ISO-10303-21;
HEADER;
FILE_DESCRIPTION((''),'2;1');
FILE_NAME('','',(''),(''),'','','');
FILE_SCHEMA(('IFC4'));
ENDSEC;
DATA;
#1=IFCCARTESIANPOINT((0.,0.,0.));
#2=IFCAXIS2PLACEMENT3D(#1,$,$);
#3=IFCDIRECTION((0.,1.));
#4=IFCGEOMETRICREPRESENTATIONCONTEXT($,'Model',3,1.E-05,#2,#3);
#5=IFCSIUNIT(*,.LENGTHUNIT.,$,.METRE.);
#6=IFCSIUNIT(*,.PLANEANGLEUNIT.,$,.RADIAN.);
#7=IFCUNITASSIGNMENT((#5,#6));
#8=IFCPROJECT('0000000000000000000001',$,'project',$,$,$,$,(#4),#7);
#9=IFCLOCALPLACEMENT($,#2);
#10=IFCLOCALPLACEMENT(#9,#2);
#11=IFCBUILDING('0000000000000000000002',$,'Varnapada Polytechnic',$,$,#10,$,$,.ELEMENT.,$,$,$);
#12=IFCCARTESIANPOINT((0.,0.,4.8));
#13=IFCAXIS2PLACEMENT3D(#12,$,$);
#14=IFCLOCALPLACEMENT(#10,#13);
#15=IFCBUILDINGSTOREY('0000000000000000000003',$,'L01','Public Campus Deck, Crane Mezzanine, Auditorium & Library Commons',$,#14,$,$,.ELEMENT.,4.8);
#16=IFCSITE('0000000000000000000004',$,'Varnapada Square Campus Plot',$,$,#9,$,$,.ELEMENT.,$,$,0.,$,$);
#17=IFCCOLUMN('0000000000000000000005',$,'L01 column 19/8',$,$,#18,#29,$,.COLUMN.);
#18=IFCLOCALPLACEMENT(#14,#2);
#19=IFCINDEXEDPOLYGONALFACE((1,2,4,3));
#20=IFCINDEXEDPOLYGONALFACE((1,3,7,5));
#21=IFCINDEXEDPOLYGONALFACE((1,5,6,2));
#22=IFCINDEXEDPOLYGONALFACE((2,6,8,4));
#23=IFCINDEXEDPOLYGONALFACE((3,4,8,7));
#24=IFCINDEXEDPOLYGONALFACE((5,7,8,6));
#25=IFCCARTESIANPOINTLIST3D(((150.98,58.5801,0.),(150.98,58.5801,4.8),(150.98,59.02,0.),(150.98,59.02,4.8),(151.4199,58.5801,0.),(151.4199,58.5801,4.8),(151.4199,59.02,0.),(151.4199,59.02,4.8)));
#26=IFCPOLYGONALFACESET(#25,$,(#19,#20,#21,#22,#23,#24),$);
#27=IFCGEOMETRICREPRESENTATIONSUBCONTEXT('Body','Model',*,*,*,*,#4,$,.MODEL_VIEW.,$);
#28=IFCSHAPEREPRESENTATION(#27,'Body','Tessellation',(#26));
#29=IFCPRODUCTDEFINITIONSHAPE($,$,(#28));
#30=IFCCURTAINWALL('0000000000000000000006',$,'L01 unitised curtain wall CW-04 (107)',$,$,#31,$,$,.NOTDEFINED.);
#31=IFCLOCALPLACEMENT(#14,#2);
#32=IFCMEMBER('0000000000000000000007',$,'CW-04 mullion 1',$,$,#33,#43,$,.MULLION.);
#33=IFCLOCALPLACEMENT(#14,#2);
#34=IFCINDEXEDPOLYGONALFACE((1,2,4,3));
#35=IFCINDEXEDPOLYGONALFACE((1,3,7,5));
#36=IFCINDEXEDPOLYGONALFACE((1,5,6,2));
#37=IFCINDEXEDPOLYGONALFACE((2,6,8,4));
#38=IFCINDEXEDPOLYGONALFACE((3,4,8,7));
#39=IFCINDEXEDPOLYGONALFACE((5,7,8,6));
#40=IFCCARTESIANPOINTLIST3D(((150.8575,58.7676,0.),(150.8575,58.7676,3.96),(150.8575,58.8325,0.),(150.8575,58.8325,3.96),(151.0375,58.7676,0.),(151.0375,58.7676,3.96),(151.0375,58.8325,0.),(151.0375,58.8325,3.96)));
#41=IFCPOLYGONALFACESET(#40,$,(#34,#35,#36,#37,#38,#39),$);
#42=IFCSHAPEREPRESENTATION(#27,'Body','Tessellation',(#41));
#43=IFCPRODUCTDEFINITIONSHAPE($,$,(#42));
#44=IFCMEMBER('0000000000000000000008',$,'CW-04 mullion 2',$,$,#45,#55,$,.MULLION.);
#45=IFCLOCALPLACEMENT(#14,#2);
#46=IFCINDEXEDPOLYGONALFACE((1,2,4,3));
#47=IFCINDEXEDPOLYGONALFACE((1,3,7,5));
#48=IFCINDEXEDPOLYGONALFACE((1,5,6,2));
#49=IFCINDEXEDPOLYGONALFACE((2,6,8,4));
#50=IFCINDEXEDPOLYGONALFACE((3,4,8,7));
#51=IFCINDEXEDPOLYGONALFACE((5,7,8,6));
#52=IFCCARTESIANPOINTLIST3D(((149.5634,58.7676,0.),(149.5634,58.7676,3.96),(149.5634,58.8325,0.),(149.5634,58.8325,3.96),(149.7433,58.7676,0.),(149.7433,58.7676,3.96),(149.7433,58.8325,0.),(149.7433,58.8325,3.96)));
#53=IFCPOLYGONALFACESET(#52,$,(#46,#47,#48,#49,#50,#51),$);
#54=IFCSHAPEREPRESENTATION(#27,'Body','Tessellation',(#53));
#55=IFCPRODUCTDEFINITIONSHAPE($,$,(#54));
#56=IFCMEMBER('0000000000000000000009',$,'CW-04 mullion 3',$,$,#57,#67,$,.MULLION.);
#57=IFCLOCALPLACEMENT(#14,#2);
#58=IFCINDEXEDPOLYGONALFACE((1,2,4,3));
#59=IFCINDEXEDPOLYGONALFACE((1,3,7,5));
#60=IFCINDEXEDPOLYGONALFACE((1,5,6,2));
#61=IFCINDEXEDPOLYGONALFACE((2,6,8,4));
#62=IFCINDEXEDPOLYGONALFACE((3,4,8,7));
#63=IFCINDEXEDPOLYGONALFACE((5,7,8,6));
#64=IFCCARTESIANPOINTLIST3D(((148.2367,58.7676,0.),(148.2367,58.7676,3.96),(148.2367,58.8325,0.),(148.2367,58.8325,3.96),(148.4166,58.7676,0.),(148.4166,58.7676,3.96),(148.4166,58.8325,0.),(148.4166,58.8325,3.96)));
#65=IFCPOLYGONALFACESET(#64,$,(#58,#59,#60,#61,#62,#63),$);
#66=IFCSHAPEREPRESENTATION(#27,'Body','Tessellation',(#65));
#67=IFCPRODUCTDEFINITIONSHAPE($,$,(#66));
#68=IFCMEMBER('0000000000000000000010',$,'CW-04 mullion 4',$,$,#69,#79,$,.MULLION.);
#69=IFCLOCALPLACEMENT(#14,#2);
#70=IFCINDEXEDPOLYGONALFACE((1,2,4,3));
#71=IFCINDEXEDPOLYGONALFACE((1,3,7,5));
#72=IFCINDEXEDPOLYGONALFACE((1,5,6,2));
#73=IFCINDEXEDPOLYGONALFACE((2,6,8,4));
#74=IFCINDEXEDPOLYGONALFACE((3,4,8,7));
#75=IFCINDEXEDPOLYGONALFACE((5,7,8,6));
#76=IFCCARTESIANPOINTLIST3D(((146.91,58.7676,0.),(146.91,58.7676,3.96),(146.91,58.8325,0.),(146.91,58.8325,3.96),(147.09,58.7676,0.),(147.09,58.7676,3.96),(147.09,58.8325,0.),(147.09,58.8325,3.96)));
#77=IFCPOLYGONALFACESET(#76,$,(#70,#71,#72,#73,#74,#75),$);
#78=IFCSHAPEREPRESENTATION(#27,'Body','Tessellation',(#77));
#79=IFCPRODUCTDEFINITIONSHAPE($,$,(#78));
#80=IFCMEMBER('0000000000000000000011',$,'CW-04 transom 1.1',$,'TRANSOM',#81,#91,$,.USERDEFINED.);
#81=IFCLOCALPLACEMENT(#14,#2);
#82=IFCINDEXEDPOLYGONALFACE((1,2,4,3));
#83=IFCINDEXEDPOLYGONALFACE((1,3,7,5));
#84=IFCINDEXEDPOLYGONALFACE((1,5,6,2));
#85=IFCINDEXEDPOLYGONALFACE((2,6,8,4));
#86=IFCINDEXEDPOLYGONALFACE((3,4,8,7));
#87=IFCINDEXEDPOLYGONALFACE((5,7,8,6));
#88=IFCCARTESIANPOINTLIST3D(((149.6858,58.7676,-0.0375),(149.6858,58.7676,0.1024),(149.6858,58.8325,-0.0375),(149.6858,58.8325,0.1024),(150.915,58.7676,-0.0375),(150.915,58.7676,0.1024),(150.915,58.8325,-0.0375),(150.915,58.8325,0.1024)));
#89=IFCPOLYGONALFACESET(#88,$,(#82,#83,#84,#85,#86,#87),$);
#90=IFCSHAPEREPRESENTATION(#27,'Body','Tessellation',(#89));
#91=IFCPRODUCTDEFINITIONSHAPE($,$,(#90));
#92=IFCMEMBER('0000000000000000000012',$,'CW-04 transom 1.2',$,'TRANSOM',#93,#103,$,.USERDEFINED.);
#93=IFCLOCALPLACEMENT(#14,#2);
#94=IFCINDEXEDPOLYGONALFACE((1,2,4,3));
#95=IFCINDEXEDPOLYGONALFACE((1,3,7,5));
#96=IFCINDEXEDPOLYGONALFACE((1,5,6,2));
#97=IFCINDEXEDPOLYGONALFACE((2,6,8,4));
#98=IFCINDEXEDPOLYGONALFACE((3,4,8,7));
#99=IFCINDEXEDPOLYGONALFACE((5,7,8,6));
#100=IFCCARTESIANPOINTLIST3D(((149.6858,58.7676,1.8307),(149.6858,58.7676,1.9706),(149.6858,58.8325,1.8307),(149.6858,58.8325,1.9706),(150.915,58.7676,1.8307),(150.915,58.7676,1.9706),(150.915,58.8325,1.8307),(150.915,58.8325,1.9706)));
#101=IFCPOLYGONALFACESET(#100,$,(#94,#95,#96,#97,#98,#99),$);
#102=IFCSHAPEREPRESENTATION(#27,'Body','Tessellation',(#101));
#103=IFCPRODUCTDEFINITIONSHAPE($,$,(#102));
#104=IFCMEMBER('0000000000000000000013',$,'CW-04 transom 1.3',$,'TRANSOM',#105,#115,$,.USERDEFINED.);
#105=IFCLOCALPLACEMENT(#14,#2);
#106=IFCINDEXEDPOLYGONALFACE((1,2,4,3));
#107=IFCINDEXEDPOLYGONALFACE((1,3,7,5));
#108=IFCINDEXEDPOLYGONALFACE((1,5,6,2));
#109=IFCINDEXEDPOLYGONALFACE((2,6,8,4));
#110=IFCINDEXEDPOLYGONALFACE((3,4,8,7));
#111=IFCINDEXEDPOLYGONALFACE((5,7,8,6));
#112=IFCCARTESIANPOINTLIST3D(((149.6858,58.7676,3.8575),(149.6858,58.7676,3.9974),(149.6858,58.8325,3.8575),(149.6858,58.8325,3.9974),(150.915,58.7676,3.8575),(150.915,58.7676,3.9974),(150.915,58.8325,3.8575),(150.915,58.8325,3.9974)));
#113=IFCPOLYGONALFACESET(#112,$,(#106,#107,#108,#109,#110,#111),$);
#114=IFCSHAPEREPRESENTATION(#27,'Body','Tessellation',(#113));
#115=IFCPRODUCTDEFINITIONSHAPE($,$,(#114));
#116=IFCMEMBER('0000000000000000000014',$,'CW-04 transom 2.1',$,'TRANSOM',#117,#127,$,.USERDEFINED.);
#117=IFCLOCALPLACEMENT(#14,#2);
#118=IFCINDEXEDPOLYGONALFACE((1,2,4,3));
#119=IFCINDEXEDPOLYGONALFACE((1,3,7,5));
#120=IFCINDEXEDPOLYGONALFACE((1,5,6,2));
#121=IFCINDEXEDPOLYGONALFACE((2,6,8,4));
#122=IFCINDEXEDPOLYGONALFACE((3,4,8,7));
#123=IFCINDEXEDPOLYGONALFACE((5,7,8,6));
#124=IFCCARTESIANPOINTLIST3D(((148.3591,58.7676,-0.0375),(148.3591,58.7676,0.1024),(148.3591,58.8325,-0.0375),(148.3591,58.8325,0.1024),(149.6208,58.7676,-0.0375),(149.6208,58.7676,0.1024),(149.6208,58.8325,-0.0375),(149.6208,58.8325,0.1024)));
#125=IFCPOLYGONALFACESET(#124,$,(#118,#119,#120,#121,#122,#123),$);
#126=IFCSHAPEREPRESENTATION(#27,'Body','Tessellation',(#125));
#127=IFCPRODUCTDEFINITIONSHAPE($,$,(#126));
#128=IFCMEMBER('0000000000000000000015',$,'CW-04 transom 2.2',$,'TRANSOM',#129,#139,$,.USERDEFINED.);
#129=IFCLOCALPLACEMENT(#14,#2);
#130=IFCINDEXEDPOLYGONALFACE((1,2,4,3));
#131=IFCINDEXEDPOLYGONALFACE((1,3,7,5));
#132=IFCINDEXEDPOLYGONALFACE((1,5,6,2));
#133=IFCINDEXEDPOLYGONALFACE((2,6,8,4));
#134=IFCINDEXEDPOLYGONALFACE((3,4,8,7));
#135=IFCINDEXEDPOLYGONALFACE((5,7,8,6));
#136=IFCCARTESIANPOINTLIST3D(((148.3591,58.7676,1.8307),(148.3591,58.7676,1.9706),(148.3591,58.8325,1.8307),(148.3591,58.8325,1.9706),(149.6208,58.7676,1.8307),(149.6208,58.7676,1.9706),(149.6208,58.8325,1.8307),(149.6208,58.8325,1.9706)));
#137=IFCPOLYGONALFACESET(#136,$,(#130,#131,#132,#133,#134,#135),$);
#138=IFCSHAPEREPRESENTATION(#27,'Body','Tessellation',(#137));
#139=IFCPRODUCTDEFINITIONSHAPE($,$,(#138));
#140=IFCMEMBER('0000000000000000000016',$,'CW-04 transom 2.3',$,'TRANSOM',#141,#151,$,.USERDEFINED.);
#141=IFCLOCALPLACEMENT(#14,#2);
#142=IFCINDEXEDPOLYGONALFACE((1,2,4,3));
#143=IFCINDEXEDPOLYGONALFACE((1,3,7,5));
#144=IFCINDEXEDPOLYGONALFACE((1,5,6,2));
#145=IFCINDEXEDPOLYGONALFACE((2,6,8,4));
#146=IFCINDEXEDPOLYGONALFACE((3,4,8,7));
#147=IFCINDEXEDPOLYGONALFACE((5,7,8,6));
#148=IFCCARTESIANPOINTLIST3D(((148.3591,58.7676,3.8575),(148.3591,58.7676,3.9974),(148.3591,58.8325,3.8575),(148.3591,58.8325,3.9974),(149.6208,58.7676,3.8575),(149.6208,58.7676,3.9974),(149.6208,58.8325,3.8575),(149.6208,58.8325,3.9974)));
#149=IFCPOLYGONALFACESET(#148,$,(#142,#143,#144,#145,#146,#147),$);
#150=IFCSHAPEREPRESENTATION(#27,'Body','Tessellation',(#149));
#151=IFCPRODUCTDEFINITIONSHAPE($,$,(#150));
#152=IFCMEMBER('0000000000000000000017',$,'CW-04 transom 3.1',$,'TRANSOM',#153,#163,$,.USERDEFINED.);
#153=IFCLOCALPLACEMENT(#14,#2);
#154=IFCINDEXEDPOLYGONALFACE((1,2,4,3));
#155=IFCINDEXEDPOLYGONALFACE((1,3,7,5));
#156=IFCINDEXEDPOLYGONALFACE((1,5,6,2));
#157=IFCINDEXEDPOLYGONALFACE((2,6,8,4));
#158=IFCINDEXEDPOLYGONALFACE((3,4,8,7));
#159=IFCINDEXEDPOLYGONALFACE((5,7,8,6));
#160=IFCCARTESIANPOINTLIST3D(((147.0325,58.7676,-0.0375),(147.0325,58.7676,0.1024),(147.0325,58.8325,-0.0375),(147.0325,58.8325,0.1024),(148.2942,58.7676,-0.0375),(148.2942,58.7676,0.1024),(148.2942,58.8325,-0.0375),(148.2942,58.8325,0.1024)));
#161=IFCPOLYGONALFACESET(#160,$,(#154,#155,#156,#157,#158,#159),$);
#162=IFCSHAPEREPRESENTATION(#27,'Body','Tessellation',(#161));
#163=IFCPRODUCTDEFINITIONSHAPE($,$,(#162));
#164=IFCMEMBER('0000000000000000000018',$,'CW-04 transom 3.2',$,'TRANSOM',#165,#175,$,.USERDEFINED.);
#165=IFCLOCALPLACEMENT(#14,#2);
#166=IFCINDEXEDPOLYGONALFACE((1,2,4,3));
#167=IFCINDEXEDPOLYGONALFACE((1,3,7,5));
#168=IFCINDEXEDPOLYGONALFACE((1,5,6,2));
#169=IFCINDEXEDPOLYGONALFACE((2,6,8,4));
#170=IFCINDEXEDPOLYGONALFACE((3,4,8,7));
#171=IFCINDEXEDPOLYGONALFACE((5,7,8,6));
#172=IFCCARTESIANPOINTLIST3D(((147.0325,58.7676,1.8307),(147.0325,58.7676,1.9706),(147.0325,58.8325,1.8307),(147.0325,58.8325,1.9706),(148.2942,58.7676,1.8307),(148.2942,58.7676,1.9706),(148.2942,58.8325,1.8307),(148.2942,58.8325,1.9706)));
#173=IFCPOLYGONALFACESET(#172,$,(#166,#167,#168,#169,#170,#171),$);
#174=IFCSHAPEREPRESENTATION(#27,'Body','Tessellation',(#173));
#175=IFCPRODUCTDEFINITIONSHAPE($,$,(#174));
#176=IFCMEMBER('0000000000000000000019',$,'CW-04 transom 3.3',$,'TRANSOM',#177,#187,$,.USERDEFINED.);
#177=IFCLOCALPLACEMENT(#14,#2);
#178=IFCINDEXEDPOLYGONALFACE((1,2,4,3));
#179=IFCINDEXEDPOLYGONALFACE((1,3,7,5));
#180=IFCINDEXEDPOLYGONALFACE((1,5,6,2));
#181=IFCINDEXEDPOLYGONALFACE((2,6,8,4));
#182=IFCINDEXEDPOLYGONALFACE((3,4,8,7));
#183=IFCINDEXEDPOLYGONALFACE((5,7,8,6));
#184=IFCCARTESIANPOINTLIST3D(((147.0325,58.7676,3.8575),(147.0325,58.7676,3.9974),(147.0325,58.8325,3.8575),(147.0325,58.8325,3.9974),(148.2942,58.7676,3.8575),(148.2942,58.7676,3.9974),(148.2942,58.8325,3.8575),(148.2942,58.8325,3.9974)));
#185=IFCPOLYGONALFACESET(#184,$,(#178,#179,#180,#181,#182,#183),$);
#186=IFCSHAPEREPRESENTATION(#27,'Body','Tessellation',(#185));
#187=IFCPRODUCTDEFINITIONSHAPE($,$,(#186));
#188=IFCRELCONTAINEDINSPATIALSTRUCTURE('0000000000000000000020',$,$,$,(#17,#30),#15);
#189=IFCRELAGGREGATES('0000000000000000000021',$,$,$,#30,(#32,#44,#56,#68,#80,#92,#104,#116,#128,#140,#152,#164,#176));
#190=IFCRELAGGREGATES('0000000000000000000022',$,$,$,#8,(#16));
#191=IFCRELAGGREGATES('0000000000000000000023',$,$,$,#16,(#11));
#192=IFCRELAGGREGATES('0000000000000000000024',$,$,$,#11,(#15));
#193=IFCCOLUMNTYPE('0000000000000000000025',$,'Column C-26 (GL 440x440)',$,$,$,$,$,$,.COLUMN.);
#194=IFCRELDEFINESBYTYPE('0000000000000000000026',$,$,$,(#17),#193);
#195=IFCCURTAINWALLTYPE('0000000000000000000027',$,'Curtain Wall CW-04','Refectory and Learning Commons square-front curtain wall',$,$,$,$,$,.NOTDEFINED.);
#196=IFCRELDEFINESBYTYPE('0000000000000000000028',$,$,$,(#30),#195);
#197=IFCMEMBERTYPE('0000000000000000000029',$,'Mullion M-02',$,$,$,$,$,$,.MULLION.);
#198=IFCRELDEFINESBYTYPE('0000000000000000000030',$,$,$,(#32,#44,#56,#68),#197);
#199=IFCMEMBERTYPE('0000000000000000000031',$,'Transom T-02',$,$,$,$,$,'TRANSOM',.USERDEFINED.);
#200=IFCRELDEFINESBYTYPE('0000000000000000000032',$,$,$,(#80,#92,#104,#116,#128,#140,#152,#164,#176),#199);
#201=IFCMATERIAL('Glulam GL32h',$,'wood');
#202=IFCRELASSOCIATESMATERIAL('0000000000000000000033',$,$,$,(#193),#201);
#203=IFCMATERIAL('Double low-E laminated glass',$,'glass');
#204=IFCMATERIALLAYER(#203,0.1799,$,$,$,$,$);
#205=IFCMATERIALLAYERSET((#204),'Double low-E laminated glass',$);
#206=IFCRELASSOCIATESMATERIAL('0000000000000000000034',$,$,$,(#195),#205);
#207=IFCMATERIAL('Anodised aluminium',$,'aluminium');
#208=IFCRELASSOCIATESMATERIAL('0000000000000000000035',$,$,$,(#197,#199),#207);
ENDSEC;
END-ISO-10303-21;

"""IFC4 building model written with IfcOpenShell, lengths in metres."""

from ifc_helpers import new_model, si_unit, direction, frame, origin, origin_2d, place, context, subcontext, project, spatial, rectangle, extrude, material, layer, layer_set, material_profile, profile_set, type_object, element, aggregate, save


model = new_model("IFC4")

# Units and contexts
model_context = context("Model", 3, precision=1e-05, world=origin(), true_north=direction((0.0, 1.0)))
body_context = subcontext(model_context, "Body", "Model", "MODEL_VIEW")
ifc_project = project(units=[si_unit("LENGTHUNIT", "METRE"), si_unit("PLANEANGLEUNIT", "RADIAN")], contexts=[model_context])

# Site, building, storey
site_placement = place(None, origin())
site = spatial("IfcSite", under=ifc_project, at=site_placement, Name="Varnapada Square Campus Plot", CompositionType="ELEMENT", RefElevation=0.0)
building_placement = place(site_placement, origin())
building = spatial("IfcBuilding", under=site, at=building_placement, Name="Varnapada Polytechnic", CompositionType="ELEMENT")
storey_placement = place(building_placement, frame((0.0, 0.0, 4.8)))
storey = spatial("IfcBuildingStorey", under=building, at=storey_placement, Name="L01", Description="Public Campus Deck, Crane Mezzanine, Auditorium & Library Commons", CompositionType="ELEMENT", Elevation=4.8)

# Column
ifc_material_1 = material(Name="Glulam GL32h", Category="wood")
ifc_material_profile_1 = material_profile(ifc_material_1, rectangle(XDim=0.4399, YDim=0.4399, at=origin_2d()), Name="GL 440x440")
ifc_profile_set_1 = profile_set([ifc_material_profile_1], Name="Glulam GL32h")
column_type = type_object("IfcColumnType", Name="Column C-26 (GL 440x440)", PredefinedType="COLUMN", material=ifc_profile_set_1)
column_placement = place(storey_placement, frame((151.2, 58.8, 0.0), z_axis=(0.0, 0.0, 1.0), x_axis=(1.0, 0.0, 0.0)))
element("IfcColumn", 1, at=column_placement, inside=storey, type_object=column_type, Name="L01 column 19/8", PredefinedType="COLUMN", context=body_context, shape_type="SweptSolid", body=[
    extrude(rectangle(XDim=0.4399, YDim=0.4399, at=origin_2d()), origin(), (0.0, 0.0, 1.0), 4.8),
])

# Curtain wall, members
ifc_material_2 = material(Name="Double low-E laminated glass", Category="glass")
ifc_layer_1 = layer(ifc_material_2, 0.1799)
ifc_layer_set_1 = layer_set([ifc_layer_1], Name="Double low-E laminated glass")
curtain_wall_type = type_object("IfcCurtainWallType", Name="Curtain Wall CW-04", Description="Refectory and Learning Commons square-front curtain wall", PredefinedType="NOTDEFINED", material=ifc_layer_set_1)
curtain_wall_placement = place(storey_placement, origin())
curtain_wall = element("IfcCurtainWall", 2, at=curtain_wall_placement, inside=storey, type_object=curtain_wall_type, Name="L01 unitised curtain wall CW-04 (107)", PredefinedType="NOTDEFINED")
ifc_material_3 = material(Name="Anodised aluminium", Category="aluminium")
ifc_material_profile_2 = material_profile(ifc_material_3, rectangle(XDim=0.0649, YDim=0.1799, at=origin_2d()), Name="ALU M65x180")
ifc_profile_set_2 = profile_set([ifc_material_profile_2], Name="Anodised aluminium")
member_type_1 = type_object("IfcMemberType", Name="Mullion M-02", PredefinedType="MULLION", material=ifc_profile_set_2)
member_1_placement = place(storey_placement, frame((150.9475, 58.8, 0.0), z_axis=(0.0, 0.0, 1.0), x_axis=(0.0, -1.0, 0.0)))
member_1 = element("IfcMember", 3, at=member_1_placement, type_object=member_type_1, Name="CW-04 mullion 1", PredefinedType="MULLION", context=body_context, shape_type="SweptSolid", body=[
    extrude(rectangle(XDim=0.0649, YDim=0.1799, at=origin_2d()), origin(), (0.0, 0.0, 1.0), 3.96),
])
member_2_placement = place(storey_placement, frame((149.6533, 58.8, 0.0), z_axis=(0.0, 0.0, 1.0), x_axis=(0.0, -1.0, 0.0)))
member_2 = element("IfcMember", 4, at=member_2_placement, type_object=member_type_1, Name="CW-04 mullion 2", PredefinedType="MULLION", context=body_context, shape_type="SweptSolid", body=[
    extrude(rectangle(XDim=0.0649, YDim=0.1799, at=origin_2d()), origin(), (0.0, 0.0, 1.0), 3.96),
])
member_3_placement = place(storey_placement, frame((148.3267, 58.8, 0.0), z_axis=(0.0, 0.0, 1.0), x_axis=(0.0, -1.0, 0.0)))
member_3 = element("IfcMember", 5, at=member_3_placement, type_object=member_type_1, Name="CW-04 mullion 3", PredefinedType="MULLION", context=body_context, shape_type="SweptSolid", body=[
    extrude(rectangle(XDim=0.0649, YDim=0.1799, at=origin_2d()), origin(), (0.0, 0.0, 1.0), 3.96),
])
member_4_placement = place(storey_placement, frame((147.0, 58.8, 0.0), z_axis=(0.0, 0.0, 1.0), x_axis=(0.0, -1.0, 0.0)))
member_4 = element("IfcMember", 6, at=member_4_placement, type_object=member_type_1, Name="CW-04 mullion 4", PredefinedType="MULLION", context=body_context, shape_type="SweptSolid", body=[
    extrude(rectangle(XDim=0.0649, YDim=0.1799, at=origin_2d()), origin(), (0.0, 0.0, 1.0), 3.96),
])
ifc_material_profile_3 = material_profile(ifc_material_3, rectangle(XDim=0.0649, YDim=0.1399, at=origin_2d()), Name="ALU T65x140")
ifc_profile_set_3 = profile_set([ifc_material_profile_3], Name="Anodised aluminium")
member_type_2 = type_object("IfcMemberType", Name="Transom T-02", ElementType="TRANSOM", PredefinedType="USERDEFINED", material=ifc_profile_set_3)
member_5_placement = place(storey_placement, frame((150.915, 58.8, 0.0325), z_axis=(-1.0, 0.0, 0.0), x_axis=(0.0, -1.0, 0.0)))
member_5 = element("IfcMember", 7, at=member_5_placement, type_object=member_type_2, Name="CW-04 transom 1.1", ObjectType="TRANSOM", PredefinedType="USERDEFINED", context=body_context, shape_type="SweptSolid", body=[
    extrude(rectangle(XDim=0.0649, YDim=0.1399, at=origin_2d()), origin(), (0.0, 0.0, 1.0), 1.2292),
])
member_6_placement = place(storey_placement, frame((150.915, 58.8, 1.9006), z_axis=(-1.0, 0.0, 0.0), x_axis=(0.0, -1.0, 0.0)))
member_6 = element("IfcMember", 8, at=member_6_placement, type_object=member_type_2, Name="CW-04 transom 1.2", ObjectType="TRANSOM", PredefinedType="USERDEFINED", context=body_context, shape_type="SweptSolid", body=[
    extrude(rectangle(XDim=0.0649, YDim=0.1399, at=origin_2d()), origin(), (0.0, 0.0, 1.0), 1.2292),
])
member_7_placement = place(storey_placement, frame((150.915, 58.8, 3.9275), z_axis=(-1.0, 0.0, 0.0), x_axis=(0.0, -1.0, 0.0)))
member_7 = element("IfcMember", 9, at=member_7_placement, type_object=member_type_2, Name="CW-04 transom 1.3", ObjectType="TRANSOM", PredefinedType="USERDEFINED", context=body_context, shape_type="SweptSolid", body=[
    extrude(rectangle(XDim=0.0649, YDim=0.1399, at=origin_2d()), origin(), (0.0, 0.0, 1.0), 1.2292),
])
member_8_placement = place(storey_placement, frame((149.6208, 58.8, 0.0325), z_axis=(-1.0, 0.0, 0.0), x_axis=(0.0, -1.0, 0.0)))
member_8 = element("IfcMember", 10, at=member_8_placement, type_object=member_type_2, Name="CW-04 transom 2.1", ObjectType="TRANSOM", PredefinedType="USERDEFINED", context=body_context, shape_type="SweptSolid", body=[
    extrude(rectangle(XDim=0.0649, YDim=0.1399, at=origin_2d()), origin(), (0.0, 0.0, 1.0), 1.2617),
])
member_9_placement = place(storey_placement, frame((149.6208, 58.8, 1.9006), z_axis=(-1.0, 0.0, 0.0), x_axis=(0.0, -1.0, 0.0)))
member_9 = element("IfcMember", 11, at=member_9_placement, type_object=member_type_2, Name="CW-04 transom 2.2", ObjectType="TRANSOM", PredefinedType="USERDEFINED", context=body_context, shape_type="SweptSolid", body=[
    extrude(rectangle(XDim=0.0649, YDim=0.1399, at=origin_2d()), origin(), (0.0, 0.0, 1.0), 1.2617),
])
member_10_placement = place(storey_placement, frame((149.6208, 58.8, 3.9275), z_axis=(-1.0, 0.0, 0.0), x_axis=(0.0, -1.0, 0.0)))
member_10 = element("IfcMember", 12, at=member_10_placement, type_object=member_type_2, Name="CW-04 transom 2.3", ObjectType="TRANSOM", PredefinedType="USERDEFINED", context=body_context, shape_type="SweptSolid", body=[
    extrude(rectangle(XDim=0.0649, YDim=0.1399, at=origin_2d()), origin(), (0.0, 0.0, 1.0), 1.2617),
])
member_11_placement = place(storey_placement, frame((148.2942, 58.8, 0.0325), z_axis=(-1.0, 0.0, 0.0), x_axis=(0.0, -1.0, 0.0)))
member_11 = element("IfcMember", 13, at=member_11_placement, type_object=member_type_2, Name="CW-04 transom 3.1", ObjectType="TRANSOM", PredefinedType="USERDEFINED", context=body_context, shape_type="SweptSolid", body=[
    extrude(rectangle(XDim=0.0649, YDim=0.1399, at=origin_2d()), origin(), (0.0, 0.0, 1.0), 1.2617),
])
member_12_placement = place(storey_placement, frame((148.2942, 58.8, 1.9006), z_axis=(-1.0, 0.0, 0.0), x_axis=(0.0, -1.0, 0.0)))
member_12 = element("IfcMember", 14, at=member_12_placement, type_object=member_type_2, Name="CW-04 transom 3.2", ObjectType="TRANSOM", PredefinedType="USERDEFINED", context=body_context, shape_type="SweptSolid", body=[
    extrude(rectangle(XDim=0.0649, YDim=0.1399, at=origin_2d()), origin(), (0.0, 0.0, 1.0), 1.2617),
])
member_13_placement = place(storey_placement, frame((148.2942, 58.8, 3.9275), z_axis=(-1.0, 0.0, 0.0), x_axis=(0.0, -1.0, 0.0)))
member_13 = element("IfcMember", 15, at=member_13_placement, type_object=member_type_2, Name="CW-04 transom 3.3", ObjectType="TRANSOM", PredefinedType="USERDEFINED", context=body_context, shape_type="SweptSolid", body=[
    extrude(rectangle(XDim=0.0649, YDim=0.1399, at=origin_2d()), origin(), (0.0, 0.0, 1.0), 1.2617),
])

aggregate(curtain_wall, [member_1, member_2, member_3, member_4, member_5, member_6, member_7, member_8, member_9, member_10, member_11, member_12, member_13])

save(model, "model.ifc")
